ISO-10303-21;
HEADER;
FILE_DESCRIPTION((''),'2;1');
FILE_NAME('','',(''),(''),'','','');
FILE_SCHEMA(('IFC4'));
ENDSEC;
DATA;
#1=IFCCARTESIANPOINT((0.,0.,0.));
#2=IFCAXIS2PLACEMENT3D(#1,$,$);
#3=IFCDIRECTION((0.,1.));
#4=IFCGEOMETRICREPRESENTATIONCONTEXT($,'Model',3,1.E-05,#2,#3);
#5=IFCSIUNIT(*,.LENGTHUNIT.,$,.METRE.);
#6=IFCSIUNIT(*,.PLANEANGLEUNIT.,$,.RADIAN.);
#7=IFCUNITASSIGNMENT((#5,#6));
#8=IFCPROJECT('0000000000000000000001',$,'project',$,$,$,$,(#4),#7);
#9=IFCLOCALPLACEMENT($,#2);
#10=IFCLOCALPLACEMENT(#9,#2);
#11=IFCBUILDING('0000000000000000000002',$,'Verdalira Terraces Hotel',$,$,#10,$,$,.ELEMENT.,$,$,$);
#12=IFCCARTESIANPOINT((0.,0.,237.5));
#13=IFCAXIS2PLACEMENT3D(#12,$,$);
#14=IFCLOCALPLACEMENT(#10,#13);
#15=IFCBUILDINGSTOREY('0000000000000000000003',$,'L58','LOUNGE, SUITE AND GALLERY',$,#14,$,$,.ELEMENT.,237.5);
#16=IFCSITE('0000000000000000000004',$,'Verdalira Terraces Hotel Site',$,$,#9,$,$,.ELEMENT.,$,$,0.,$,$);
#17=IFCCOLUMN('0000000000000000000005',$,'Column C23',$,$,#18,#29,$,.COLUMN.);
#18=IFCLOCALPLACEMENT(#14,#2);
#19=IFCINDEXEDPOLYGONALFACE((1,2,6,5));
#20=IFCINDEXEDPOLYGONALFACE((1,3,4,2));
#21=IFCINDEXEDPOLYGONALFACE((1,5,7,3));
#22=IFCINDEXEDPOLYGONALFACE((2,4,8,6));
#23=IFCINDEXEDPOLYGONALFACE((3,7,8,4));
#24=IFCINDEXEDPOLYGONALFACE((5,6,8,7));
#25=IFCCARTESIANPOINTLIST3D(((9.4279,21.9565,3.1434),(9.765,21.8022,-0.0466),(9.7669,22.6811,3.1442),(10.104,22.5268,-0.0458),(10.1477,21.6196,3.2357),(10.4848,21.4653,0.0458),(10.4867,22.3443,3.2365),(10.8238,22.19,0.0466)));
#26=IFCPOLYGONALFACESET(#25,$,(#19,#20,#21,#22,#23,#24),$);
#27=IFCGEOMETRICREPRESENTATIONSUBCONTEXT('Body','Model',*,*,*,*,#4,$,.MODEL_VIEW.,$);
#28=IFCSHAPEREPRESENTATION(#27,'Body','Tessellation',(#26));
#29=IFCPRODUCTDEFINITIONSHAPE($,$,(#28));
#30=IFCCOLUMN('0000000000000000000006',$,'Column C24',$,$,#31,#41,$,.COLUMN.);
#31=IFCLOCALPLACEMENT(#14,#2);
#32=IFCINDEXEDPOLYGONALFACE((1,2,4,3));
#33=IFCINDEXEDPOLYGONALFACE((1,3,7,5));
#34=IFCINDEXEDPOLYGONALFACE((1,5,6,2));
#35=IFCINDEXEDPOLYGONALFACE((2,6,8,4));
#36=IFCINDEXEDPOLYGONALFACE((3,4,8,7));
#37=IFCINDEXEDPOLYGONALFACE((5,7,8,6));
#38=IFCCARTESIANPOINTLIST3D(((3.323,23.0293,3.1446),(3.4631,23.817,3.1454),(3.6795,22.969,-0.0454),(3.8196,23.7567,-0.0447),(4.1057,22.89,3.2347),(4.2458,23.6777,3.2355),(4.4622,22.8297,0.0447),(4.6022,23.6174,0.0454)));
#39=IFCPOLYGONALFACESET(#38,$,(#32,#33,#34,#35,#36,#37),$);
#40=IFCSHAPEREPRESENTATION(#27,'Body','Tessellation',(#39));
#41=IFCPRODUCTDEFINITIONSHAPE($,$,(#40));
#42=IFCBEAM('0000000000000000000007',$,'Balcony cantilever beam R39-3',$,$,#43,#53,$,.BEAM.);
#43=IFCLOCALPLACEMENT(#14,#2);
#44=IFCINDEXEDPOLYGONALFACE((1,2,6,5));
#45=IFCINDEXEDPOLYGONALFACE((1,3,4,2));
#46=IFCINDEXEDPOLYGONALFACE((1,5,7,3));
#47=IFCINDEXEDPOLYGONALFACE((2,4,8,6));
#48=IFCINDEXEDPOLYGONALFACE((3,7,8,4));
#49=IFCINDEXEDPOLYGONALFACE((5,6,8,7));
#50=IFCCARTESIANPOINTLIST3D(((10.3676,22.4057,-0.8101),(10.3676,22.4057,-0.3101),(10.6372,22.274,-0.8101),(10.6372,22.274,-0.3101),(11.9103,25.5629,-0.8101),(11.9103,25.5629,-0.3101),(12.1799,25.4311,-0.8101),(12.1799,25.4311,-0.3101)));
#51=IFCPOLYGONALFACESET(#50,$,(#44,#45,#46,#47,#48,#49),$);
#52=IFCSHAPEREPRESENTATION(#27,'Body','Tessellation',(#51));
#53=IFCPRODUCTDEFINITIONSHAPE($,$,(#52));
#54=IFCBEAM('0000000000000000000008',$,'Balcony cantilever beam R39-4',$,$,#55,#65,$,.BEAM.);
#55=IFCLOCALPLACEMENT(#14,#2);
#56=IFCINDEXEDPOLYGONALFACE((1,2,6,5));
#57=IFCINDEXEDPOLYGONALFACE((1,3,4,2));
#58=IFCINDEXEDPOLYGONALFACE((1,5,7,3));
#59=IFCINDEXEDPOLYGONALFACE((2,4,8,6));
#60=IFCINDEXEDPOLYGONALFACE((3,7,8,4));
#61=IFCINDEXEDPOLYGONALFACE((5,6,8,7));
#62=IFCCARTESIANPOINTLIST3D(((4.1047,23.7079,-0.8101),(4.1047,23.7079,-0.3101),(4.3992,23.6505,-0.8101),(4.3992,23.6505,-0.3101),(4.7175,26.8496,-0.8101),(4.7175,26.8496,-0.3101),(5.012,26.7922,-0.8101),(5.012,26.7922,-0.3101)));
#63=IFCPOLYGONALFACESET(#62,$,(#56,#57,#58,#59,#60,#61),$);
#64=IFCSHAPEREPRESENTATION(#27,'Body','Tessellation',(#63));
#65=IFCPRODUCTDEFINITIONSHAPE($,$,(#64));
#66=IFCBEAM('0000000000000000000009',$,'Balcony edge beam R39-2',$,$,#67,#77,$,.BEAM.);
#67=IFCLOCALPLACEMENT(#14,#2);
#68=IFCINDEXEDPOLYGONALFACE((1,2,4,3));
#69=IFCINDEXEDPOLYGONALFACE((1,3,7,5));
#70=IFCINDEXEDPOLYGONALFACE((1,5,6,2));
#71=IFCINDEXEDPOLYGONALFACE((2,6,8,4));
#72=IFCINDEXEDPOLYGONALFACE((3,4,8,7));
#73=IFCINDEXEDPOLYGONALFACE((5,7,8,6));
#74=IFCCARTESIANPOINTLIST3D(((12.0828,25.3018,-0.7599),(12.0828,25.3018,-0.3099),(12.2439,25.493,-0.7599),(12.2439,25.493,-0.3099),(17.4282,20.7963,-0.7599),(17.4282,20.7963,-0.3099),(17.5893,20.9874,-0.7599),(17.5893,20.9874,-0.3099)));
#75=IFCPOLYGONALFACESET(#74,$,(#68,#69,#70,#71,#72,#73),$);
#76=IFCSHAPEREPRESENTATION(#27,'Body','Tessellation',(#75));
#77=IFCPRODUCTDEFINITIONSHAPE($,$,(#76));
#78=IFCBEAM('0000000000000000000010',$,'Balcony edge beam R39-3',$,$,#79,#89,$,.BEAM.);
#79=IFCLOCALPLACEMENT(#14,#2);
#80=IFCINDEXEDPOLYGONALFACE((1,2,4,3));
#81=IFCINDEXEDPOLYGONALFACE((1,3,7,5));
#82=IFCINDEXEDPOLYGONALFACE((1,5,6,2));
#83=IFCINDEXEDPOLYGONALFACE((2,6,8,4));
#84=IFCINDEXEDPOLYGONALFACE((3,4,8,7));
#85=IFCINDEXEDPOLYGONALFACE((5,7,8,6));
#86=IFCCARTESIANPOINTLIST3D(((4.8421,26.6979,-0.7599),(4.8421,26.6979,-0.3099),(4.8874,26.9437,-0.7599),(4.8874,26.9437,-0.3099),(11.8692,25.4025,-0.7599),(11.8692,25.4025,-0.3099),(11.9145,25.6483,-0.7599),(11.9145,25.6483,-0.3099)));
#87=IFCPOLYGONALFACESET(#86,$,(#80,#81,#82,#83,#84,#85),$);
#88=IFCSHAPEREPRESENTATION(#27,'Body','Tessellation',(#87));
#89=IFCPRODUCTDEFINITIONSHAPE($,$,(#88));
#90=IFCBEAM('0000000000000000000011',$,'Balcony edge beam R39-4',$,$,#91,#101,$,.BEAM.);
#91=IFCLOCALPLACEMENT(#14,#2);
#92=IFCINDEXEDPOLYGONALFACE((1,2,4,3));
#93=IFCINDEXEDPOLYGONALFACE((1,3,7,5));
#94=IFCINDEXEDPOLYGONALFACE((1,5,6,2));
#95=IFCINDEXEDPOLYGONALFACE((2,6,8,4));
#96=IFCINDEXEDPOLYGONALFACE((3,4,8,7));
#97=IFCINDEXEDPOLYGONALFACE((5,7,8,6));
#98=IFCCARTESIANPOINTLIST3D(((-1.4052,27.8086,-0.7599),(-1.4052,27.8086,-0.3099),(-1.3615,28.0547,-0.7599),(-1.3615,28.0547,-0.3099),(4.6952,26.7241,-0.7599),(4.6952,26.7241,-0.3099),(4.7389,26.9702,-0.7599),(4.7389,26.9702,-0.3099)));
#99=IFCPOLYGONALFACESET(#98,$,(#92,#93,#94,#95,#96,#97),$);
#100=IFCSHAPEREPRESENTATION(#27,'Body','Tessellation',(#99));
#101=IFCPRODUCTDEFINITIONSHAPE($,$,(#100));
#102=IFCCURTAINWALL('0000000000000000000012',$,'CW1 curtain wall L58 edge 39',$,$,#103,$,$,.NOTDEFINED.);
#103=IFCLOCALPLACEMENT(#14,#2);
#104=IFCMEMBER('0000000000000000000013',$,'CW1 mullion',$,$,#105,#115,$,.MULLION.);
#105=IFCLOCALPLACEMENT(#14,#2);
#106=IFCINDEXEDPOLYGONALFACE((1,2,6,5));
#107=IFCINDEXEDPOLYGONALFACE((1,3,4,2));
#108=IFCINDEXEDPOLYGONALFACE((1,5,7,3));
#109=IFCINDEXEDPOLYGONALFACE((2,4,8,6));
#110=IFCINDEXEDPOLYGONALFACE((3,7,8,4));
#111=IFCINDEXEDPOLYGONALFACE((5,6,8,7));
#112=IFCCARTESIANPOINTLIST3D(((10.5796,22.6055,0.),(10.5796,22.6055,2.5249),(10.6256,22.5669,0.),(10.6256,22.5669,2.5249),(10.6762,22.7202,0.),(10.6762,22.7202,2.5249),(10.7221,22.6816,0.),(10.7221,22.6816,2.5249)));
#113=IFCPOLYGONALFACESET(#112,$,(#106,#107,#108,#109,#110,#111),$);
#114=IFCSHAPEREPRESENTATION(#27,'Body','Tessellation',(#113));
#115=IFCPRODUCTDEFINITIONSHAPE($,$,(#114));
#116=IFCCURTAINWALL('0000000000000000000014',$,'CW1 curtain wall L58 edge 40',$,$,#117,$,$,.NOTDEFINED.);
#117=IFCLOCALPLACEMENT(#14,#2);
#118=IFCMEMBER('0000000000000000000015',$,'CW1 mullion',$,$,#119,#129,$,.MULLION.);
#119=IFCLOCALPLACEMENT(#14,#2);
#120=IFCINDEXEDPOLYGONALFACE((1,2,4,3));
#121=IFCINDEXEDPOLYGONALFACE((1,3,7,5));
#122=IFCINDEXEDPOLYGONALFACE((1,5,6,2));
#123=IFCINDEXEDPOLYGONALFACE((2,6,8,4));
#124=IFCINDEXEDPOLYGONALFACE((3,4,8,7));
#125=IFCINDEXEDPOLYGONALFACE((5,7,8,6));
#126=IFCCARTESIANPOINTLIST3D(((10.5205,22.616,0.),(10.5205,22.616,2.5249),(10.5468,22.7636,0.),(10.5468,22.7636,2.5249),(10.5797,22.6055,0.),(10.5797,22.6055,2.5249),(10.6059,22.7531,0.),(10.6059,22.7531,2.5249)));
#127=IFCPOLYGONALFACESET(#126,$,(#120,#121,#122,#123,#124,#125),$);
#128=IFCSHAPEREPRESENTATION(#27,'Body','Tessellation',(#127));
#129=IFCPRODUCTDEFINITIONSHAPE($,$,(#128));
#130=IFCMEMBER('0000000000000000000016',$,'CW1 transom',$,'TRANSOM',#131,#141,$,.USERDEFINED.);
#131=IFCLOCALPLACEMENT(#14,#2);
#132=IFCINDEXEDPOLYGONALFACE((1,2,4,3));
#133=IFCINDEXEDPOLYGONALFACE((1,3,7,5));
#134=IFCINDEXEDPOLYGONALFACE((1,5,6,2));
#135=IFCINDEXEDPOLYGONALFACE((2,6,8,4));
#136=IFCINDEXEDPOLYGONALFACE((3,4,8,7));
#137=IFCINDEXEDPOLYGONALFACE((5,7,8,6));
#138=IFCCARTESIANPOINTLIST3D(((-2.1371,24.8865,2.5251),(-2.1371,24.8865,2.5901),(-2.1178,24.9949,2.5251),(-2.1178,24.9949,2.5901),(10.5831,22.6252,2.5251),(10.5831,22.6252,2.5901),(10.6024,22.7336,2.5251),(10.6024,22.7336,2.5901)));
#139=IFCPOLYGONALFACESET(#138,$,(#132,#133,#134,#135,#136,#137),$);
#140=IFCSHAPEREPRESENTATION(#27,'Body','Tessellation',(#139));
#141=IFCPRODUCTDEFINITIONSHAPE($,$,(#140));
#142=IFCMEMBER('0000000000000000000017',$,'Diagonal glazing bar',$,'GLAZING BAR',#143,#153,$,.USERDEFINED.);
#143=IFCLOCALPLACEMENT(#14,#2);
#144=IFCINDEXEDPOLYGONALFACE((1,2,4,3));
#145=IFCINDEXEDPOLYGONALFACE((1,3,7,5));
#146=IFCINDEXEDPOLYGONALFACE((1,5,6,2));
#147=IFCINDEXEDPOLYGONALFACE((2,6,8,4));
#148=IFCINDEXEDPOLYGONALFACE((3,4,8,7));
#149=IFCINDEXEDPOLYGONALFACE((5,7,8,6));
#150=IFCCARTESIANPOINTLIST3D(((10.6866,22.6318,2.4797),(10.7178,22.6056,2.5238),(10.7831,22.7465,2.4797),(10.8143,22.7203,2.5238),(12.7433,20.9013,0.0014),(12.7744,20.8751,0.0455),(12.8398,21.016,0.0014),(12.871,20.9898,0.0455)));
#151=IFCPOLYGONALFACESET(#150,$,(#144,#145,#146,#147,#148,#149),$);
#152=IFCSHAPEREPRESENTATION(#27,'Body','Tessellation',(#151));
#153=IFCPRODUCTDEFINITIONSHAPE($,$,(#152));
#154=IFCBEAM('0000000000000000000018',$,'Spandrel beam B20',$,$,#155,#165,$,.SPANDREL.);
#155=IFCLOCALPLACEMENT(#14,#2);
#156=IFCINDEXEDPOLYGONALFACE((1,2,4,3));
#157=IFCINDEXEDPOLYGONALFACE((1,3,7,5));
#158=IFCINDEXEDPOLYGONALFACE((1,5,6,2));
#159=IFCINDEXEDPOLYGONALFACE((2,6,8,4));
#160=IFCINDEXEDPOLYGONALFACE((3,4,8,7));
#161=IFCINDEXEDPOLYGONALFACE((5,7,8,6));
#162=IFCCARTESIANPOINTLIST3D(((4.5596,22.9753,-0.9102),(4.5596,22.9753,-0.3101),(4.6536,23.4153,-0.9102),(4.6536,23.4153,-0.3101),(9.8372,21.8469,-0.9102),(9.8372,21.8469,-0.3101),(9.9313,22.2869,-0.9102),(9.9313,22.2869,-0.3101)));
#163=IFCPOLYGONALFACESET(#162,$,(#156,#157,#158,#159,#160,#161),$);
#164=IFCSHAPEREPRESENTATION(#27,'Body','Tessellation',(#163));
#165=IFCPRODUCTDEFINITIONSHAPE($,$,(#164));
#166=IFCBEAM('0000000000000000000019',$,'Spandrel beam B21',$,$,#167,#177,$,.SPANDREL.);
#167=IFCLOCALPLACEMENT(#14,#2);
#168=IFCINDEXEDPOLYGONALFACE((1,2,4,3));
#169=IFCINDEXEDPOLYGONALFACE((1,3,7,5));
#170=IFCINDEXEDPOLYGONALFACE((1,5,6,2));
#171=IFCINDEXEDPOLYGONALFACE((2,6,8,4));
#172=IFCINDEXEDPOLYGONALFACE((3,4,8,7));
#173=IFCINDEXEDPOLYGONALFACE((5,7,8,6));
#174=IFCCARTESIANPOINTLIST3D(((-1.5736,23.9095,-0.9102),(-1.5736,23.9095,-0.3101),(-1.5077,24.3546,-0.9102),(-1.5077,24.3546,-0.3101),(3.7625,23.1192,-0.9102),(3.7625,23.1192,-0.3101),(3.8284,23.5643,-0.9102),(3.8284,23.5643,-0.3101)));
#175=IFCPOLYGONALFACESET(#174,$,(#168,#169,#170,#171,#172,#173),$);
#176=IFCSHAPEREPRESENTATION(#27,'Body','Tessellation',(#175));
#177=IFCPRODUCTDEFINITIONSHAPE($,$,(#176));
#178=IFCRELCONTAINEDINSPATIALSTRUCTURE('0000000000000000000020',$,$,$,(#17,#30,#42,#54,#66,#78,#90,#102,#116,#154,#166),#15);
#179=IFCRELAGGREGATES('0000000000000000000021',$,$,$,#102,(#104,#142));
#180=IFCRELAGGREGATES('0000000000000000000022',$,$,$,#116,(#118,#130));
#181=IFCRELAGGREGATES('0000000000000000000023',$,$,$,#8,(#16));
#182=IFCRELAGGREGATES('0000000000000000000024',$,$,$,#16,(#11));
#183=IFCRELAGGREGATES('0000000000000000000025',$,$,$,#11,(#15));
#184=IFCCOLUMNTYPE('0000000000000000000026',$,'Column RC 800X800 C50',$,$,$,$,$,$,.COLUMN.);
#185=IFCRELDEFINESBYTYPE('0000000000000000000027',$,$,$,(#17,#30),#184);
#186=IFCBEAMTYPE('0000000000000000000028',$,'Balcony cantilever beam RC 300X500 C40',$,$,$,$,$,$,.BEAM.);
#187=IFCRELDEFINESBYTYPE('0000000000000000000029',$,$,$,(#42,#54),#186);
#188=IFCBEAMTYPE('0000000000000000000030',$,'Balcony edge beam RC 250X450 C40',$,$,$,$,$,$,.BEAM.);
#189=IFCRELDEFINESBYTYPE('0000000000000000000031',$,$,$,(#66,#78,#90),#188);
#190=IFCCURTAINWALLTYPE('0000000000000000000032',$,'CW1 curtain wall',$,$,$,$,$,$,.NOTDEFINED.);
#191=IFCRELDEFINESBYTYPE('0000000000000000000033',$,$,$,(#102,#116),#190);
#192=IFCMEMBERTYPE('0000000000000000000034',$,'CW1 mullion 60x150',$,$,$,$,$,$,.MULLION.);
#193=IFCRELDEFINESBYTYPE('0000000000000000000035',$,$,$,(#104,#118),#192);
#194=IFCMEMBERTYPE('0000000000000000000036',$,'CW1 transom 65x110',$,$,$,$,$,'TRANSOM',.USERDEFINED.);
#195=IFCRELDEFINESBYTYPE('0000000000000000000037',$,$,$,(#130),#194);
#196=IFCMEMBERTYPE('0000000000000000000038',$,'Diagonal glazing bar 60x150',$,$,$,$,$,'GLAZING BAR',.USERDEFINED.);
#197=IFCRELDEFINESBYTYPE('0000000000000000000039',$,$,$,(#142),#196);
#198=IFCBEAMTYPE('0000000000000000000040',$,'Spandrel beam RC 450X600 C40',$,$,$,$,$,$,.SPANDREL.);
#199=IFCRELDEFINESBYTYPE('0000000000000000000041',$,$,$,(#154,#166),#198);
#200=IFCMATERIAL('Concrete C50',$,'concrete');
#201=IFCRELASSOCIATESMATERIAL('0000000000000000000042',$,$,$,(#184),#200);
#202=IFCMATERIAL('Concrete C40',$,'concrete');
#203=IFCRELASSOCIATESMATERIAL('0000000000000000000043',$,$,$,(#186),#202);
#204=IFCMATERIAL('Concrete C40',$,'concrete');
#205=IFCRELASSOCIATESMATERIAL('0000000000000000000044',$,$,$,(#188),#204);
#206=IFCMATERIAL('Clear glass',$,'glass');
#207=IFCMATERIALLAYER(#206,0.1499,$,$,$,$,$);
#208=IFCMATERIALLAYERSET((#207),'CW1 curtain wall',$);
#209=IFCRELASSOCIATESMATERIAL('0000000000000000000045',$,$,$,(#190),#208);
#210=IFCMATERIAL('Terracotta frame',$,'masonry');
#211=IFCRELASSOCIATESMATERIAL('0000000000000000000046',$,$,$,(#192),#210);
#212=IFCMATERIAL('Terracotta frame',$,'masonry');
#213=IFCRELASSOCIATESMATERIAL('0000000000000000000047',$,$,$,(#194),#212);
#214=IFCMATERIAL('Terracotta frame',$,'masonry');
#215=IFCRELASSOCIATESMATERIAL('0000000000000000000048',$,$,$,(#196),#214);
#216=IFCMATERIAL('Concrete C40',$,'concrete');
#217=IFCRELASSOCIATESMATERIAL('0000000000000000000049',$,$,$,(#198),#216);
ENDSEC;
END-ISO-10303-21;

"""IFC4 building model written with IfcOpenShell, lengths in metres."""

from ifc_helpers import new_model, si_unit, direction, frame, origin, origin_2d, place, context, subcontext, project, spatial, rectangle, extrude, material, layer, layer_set, material_profile, profile_set, type_object, element, aggregate, save


model = new_model("IFC4")

# Units and contexts
model_context = context("Model", 3, precision=1e-05, world=origin(), true_north=direction((0.0, 1.0)))
body_context = subcontext(model_context, "Body", "Model", "MODEL_VIEW")
ifc_project = project(units=[si_unit("LENGTHUNIT", "METRE"), si_unit("PLANEANGLEUNIT", "RADIAN")], contexts=[model_context])

# Site, building, storey
site_placement = place(None, origin())
site = spatial("IfcSite", under=ifc_project, at=site_placement, Name="Verdalira Terraces Hotel Site", CompositionType="ELEMENT", RefElevation=0.0)
building_placement = place(site_placement, origin())
building = spatial("IfcBuilding", under=site, at=building_placement, Name="Verdalira Terraces Hotel", CompositionType="ELEMENT")
storey_placement = place(building_placement, frame((0.0, 0.0, 237.5)))
storey = spatial("IfcBuildingStorey", under=building, at=storey_placement, Name="L58", Description="LOUNGE, SUITE AND GALLERY", CompositionType="ELEMENT", Elevation=237.5)

# Columns
ifc_material_1 = material(Name="Concrete C50", Category="concrete")
ifc_material_profile_1 = material_profile(ifc_material_1, rectangle(XDim=0.8, YDim=0.8, at=origin_2d()), Name="RC 800X800")
ifc_profile_set_1 = profile_set([ifc_material_profile_1], Name="Concrete C50")
column_type = type_object("IfcColumnType", Name="Column RC 800X800 C50", PredefinedType="COLUMN", material=ifc_profile_set_1)
column_1_placement = place(storey_placement, frame((10.2944, 21.9961, 0.0), z_axis=(-0.104987, 0.048046, 0.993312), x_axis=(0.899681, -0.421004, 0.115455)))
element("IfcColumn", 1, at=column_1_placement, inside=storey, type_object=column_type, Name="Column C23", PredefinedType="COLUMN", context=body_context, shape_type="SweptSolid", body=[
    extrude(rectangle(XDim=0.8, YDim=0.8, at=origin_2d()), origin(), (0.0, 0.0, 1.0), 3.2114),
])
column_2_placement = place(storey_placement, frame((4.1409, 23.2932, 0.0), z_axis=(-0.11103, 0.018784, 0.99364), x_axis=(-0.978277, 0.174054, -0.112603)))
element("IfcColumn", 2, at=column_2_placement, inside=storey, type_object=column_type, Name="Column C24", PredefinedType="COLUMN", context=body_context, shape_type="SweptSolid", body=[
    extrude(rectangle(XDim=0.8, YDim=0.8, at=origin_2d()), origin(), (0.0, 0.0, 1.0), 3.2104),
])

# Beams
ifc_material_2 = material(Name="Concrete C40", Category="concrete")
ifc_material_profile_2 = material_profile(ifc_material_2, rectangle(XDim=0.3, YDim=0.5, at=origin_2d()), Name="RC 300X500")
ifc_profile_set_2 = profile_set([ifc_material_profile_2], Name="Concrete C40")
beam_type_1 = type_object("IfcBeamType", Name="Balcony cantilever beam RC 300X500 C40", PredefinedType="BEAM", material=ifc_profile_set_2)
beam_1_placement = place(storey_placement, frame((10.5024, 22.3398, -0.5601), z_axis=(0.439024, 0.898475, 0.0), x_axis=(-0.898475, 0.439024, 0.0)))
element("IfcBeam", 3, at=beam_1_placement, inside=storey, type_object=beam_type_1, Name="Balcony cantilever beam R39-3", PredefinedType="BEAM", context=body_context, shape_type="SweptSolid", body=[
    extrude(rectangle(XDim=0.3, YDim=0.5, at=origin_2d()), origin(), (0.0, 0.0, 1.0), 3.5139),
])
beam_2_placement = place(storey_placement, frame((4.252, 23.6792, -0.5601), z_axis=(0.191449, 0.981502, 0.0), x_axis=(-0.981502, 0.191449, 0.0)))
element("IfcBeam", 4, at=beam_2_placement, inside=storey, type_object=beam_type_1, Name="Balcony cantilever beam R39-4", PredefinedType="BEAM", context=body_context, shape_type="SweptSolid", body=[
    extrude(rectangle(XDim=0.3, YDim=0.5, at=origin_2d()), origin(), (0.0, 0.0, 1.0), 3.2009),
])
ifc_material_3 = material(Name="Concrete C40", Category="concrete")
ifc_material_profile_3 = material_profile(ifc_material_3, rectangle(XDim=0.25, YDim=0.45, at=origin_2d()), Name="RC 250X450")
ifc_profile_set_3 = profile_set([ifc_material_profile_3], Name="Concrete C40")
beam_type_2 = type_object("IfcBeamType", Name="Balcony edge beam RC 250X450 C40", PredefinedType="BEAM", material=ifc_profile_set_3)
beam_3_placement = place(storey_placement, frame((17.5088, 20.8918, -0.5349), z_axis=(-0.764617, 0.644485, 0.0), x_axis=(-0.644485, -0.764617, 0.0)))
element("IfcBeam", 5, at=beam_3_placement, inside=storey, type_object=beam_type_2, Name="Balcony edge beam R39-2", PredefinedType="BEAM", context=body_context, shape_type="SweptSolid", body=[
    extrude(rectangle(XDim=0.25, YDim=0.45, at=origin_2d()), origin(), (0.0, 0.0, 1.0), 6.991),
])
beam_4_placement = place(storey_placement, frame((11.8918, 25.5254, -0.5349), z_axis=(-0.98343, 0.18129, 0.0), x_axis=(-0.18129, -0.98343, 0.0)))
element("IfcBeam", 6, at=beam_4_placement, inside=storey, type_object=beam_type_2, Name="Balcony edge beam R39-3", PredefinedType="BEAM", context=body_context, shape_type="SweptSolid", body=[
    extrude(rectangle(XDim=0.25, YDim=0.45, at=origin_2d()), origin(), (0.0, 0.0, 1.0), 7.1455),
])
beam_5_placement = place(storey_placement, frame((4.717, 26.8472, -0.5349), z_axis=(-0.984563, 0.175028, 0.0), x_axis=(-0.175028, -0.984563, 0.0)))
element("IfcBeam", 7, at=beam_5_placement, inside=storey, type_object=beam_type_2, Name="Balcony edge beam R39-4", PredefinedType="BEAM", context=body_context, shape_type="SweptSolid", body=[
    extrude(rectangle(XDim=0.25, YDim=0.45, at=origin_2d()), origin(), (0.0, 0.0, 1.0), 6.196),
])

# Curtain wall, member
ifc_material_4 = material(Name="Clear glass", Category="glass")
ifc_layer_1 = layer(ifc_material_4, 0.1499)
ifc_layer_set_1 = layer_set([ifc_layer_1], Name="CW1 curtain wall")
curtain_wall_type = type_object("IfcCurtainWallType", Name="CW1 curtain wall", PredefinedType="NOTDEFINED", material=ifc_layer_set_1)
curtain_wall_1_placement = place(storey_placement, origin())
curtain_wall_1 = element("IfcCurtainWall", 8, at=curtain_wall_1_placement, inside=storey, type_object=curtain_wall_type, Name="CW1 curtain wall L58 edge 39", PredefinedType="NOTDEFINED")
ifc_material_5 = material(Name="Terracotta frame", Category="masonry")
ifc_material_profile_4 = material_profile(ifc_material_5, rectangle(XDim=0.0601, YDim=0.1499, at=origin_2d()), Name="MU 60x150")
ifc_profile_set_4 = profile_set([ifc_material_profile_4], Name="Terracotta frame")
member_type_1 = type_object("IfcMemberType", Name="CW1 mullion 60x150", PredefinedType="MULLION", material=ifc_profile_set_4)
member_1_placement = place(storey_placement, frame((10.6509, 22.6436, 0.0), z_axis=(0.0, 0.0, 1.0), x_axis=(-0.765146, 0.643857, 0.0)))
member_1 = element("IfcMember", 9, at=member_1_placement, type_object=member_type_1, Name="CW1 mullion", PredefinedType="MULLION", context=body_context, shape_type="SweptSolid", body=[
    extrude(rectangle(XDim=0.0601, YDim=0.1499, at=origin_2d()), origin(), (0.0, 0.0, 1.0), 2.5249),
])

# Curtain wall, members
curtain_wall_2_placement = place(storey_placement, origin())
curtain_wall_2 = element("IfcCurtainWall", 10, at=curtain_wall_2_placement, inside=storey, type_object=curtain_wall_type, Name="CW1 curtain wall L58 edge 40", PredefinedType="NOTDEFINED")
member_2_placement = place(storey_placement, frame((10.5632, 22.6846, 0.0), z_axis=(0.0, 0.0, 1.0), x_axis=(-0.984564, 0.175023, 0.0)))
member_2 = element("IfcMember", 11, at=member_2_placement, type_object=member_type_1, Name="CW1 mullion", PredefinedType="MULLION", context=body_context, shape_type="SweptSolid", body=[
    extrude(rectangle(XDim=0.0601, YDim=0.1499, at=origin_2d()), origin(), (0.0, 0.0, 1.0), 2.5249),
])
ifc_material_6 = material(Name="Terracotta frame", Category="masonry")
ifc_material_profile_5 = material_profile(ifc_material_6, rectangle(XDim=0.1101, YDim=0.0649, at=origin_2d()), Name="TR 65x110")
ifc_profile_set_5 = profile_set([ifc_material_profile_5], Name="Terracotta frame")
member_type_2 = type_object("IfcMemberType", Name="CW1 transom 65x110", ElementType="TRANSOM", PredefinedType="USERDEFINED", material=ifc_profile_set_5)
member_3_placement = place(storey_placement, frame((10.5928, 22.6794, 2.5576), z_axis=(-0.984564, 0.175023, 0.0), x_axis=(-0.175023, -0.984564, 0.0)))
member_3 = element("IfcMember", 12, at=member_3_placement, type_object=member_type_2, Name="CW1 transom", ObjectType="TRANSOM", PredefinedType="USERDEFINED", context=body_context, shape_type="SweptSolid", body=[
    extrude(rectangle(XDim=0.1101, YDim=0.0649, at=origin_2d()), origin(), (0.0, 0.0, 1.0), 12.9197),
])

# Member
ifc_material_7 = material(Name="Terracotta frame", Category="masonry")
ifc_material_profile_6 = material_profile(ifc_material_7, rectangle(XDim=0.1499, YDim=0.0601, at=origin_2d()), Name="GB 60x150")
ifc_profile_set_6 = profile_set([ifc_material_profile_6], Name="Terracotta frame")
member_type_3 = type_object("IfcMemberType", Name="Diagonal glazing bar 60x150", ElementType="GLAZING BAR", PredefinedType="USERDEFINED", material=ifc_profile_set_6)
member_4_placement = place(storey_placement, frame((12.8071, 20.9456, 0.0234), z_axis=(-0.562543, 0.473327, 0.67787), x_axis=(-0.643822, -0.765175, 0.0)))
member_4 = element("IfcMember", 13, at=member_4_placement, type_object=member_type_3, Name="Diagonal glazing bar", ObjectType="GLAZING BAR", PredefinedType="USERDEFINED", context=body_context, shape_type="SweptSolid", body=[
    extrude(rectangle(XDim=0.1499, YDim=0.0601, at=origin_2d()), origin(), (0.0, 0.0, 1.0), 3.656),
])

# Beams
ifc_material_8 = material(Name="Concrete C40", Category="concrete")
ifc_material_profile_7 = material_profile(ifc_material_8, rectangle(XDim=0.45, YDim=0.6001, at=origin_2d()), Name="RC 450X600")
ifc_profile_set_7 = profile_set([ifc_material_profile_7], Name="Concrete C40")
beam_type_3 = type_object("IfcBeamType", Name="Spandrel beam RC 450X600 C40", PredefinedType="SPANDREL", material=ifc_profile_set_7)
beam_6_placement = place(storey_placement, frame((9.8843, 22.0669, -0.6101), z_axis=(-0.977897, 0.209087, 0.0), x_axis=(-0.209087, -0.977897, 0.0)))
element("IfcBeam", 14, at=beam_6_placement, inside=storey, type_object=beam_type_3, Name="Spandrel beam B20", PredefinedType="SPANDREL", context=body_context, shape_type="SweptSolid", body=[
    extrude(rectangle(XDim=0.45, YDim=0.6001, at=origin_2d()), origin(), (0.0, 0.0, 1.0), 5.397),
])
beam_7_placement = place(storey_placement, frame((3.7954, 23.3418, -0.6101), z_axis=(-0.989211, 0.146501, 0.0), x_axis=(-0.146501, -0.989211, 0.0)))
element("IfcBeam", 15, at=beam_7_placement, inside=storey, type_object=beam_type_3, Name="Spandrel beam B21", PredefinedType="SPANDREL", context=body_context, shape_type="SweptSolid", body=[
    extrude(rectangle(XDim=0.45, YDim=0.6001, at=origin_2d()), origin(), (0.0, 0.0, 1.0), 5.3943),
])

aggregate(curtain_wall_1, [member_1, member_4])
aggregate(curtain_wall_2, [member_2, member_3])

save(model, "model.ifc")
